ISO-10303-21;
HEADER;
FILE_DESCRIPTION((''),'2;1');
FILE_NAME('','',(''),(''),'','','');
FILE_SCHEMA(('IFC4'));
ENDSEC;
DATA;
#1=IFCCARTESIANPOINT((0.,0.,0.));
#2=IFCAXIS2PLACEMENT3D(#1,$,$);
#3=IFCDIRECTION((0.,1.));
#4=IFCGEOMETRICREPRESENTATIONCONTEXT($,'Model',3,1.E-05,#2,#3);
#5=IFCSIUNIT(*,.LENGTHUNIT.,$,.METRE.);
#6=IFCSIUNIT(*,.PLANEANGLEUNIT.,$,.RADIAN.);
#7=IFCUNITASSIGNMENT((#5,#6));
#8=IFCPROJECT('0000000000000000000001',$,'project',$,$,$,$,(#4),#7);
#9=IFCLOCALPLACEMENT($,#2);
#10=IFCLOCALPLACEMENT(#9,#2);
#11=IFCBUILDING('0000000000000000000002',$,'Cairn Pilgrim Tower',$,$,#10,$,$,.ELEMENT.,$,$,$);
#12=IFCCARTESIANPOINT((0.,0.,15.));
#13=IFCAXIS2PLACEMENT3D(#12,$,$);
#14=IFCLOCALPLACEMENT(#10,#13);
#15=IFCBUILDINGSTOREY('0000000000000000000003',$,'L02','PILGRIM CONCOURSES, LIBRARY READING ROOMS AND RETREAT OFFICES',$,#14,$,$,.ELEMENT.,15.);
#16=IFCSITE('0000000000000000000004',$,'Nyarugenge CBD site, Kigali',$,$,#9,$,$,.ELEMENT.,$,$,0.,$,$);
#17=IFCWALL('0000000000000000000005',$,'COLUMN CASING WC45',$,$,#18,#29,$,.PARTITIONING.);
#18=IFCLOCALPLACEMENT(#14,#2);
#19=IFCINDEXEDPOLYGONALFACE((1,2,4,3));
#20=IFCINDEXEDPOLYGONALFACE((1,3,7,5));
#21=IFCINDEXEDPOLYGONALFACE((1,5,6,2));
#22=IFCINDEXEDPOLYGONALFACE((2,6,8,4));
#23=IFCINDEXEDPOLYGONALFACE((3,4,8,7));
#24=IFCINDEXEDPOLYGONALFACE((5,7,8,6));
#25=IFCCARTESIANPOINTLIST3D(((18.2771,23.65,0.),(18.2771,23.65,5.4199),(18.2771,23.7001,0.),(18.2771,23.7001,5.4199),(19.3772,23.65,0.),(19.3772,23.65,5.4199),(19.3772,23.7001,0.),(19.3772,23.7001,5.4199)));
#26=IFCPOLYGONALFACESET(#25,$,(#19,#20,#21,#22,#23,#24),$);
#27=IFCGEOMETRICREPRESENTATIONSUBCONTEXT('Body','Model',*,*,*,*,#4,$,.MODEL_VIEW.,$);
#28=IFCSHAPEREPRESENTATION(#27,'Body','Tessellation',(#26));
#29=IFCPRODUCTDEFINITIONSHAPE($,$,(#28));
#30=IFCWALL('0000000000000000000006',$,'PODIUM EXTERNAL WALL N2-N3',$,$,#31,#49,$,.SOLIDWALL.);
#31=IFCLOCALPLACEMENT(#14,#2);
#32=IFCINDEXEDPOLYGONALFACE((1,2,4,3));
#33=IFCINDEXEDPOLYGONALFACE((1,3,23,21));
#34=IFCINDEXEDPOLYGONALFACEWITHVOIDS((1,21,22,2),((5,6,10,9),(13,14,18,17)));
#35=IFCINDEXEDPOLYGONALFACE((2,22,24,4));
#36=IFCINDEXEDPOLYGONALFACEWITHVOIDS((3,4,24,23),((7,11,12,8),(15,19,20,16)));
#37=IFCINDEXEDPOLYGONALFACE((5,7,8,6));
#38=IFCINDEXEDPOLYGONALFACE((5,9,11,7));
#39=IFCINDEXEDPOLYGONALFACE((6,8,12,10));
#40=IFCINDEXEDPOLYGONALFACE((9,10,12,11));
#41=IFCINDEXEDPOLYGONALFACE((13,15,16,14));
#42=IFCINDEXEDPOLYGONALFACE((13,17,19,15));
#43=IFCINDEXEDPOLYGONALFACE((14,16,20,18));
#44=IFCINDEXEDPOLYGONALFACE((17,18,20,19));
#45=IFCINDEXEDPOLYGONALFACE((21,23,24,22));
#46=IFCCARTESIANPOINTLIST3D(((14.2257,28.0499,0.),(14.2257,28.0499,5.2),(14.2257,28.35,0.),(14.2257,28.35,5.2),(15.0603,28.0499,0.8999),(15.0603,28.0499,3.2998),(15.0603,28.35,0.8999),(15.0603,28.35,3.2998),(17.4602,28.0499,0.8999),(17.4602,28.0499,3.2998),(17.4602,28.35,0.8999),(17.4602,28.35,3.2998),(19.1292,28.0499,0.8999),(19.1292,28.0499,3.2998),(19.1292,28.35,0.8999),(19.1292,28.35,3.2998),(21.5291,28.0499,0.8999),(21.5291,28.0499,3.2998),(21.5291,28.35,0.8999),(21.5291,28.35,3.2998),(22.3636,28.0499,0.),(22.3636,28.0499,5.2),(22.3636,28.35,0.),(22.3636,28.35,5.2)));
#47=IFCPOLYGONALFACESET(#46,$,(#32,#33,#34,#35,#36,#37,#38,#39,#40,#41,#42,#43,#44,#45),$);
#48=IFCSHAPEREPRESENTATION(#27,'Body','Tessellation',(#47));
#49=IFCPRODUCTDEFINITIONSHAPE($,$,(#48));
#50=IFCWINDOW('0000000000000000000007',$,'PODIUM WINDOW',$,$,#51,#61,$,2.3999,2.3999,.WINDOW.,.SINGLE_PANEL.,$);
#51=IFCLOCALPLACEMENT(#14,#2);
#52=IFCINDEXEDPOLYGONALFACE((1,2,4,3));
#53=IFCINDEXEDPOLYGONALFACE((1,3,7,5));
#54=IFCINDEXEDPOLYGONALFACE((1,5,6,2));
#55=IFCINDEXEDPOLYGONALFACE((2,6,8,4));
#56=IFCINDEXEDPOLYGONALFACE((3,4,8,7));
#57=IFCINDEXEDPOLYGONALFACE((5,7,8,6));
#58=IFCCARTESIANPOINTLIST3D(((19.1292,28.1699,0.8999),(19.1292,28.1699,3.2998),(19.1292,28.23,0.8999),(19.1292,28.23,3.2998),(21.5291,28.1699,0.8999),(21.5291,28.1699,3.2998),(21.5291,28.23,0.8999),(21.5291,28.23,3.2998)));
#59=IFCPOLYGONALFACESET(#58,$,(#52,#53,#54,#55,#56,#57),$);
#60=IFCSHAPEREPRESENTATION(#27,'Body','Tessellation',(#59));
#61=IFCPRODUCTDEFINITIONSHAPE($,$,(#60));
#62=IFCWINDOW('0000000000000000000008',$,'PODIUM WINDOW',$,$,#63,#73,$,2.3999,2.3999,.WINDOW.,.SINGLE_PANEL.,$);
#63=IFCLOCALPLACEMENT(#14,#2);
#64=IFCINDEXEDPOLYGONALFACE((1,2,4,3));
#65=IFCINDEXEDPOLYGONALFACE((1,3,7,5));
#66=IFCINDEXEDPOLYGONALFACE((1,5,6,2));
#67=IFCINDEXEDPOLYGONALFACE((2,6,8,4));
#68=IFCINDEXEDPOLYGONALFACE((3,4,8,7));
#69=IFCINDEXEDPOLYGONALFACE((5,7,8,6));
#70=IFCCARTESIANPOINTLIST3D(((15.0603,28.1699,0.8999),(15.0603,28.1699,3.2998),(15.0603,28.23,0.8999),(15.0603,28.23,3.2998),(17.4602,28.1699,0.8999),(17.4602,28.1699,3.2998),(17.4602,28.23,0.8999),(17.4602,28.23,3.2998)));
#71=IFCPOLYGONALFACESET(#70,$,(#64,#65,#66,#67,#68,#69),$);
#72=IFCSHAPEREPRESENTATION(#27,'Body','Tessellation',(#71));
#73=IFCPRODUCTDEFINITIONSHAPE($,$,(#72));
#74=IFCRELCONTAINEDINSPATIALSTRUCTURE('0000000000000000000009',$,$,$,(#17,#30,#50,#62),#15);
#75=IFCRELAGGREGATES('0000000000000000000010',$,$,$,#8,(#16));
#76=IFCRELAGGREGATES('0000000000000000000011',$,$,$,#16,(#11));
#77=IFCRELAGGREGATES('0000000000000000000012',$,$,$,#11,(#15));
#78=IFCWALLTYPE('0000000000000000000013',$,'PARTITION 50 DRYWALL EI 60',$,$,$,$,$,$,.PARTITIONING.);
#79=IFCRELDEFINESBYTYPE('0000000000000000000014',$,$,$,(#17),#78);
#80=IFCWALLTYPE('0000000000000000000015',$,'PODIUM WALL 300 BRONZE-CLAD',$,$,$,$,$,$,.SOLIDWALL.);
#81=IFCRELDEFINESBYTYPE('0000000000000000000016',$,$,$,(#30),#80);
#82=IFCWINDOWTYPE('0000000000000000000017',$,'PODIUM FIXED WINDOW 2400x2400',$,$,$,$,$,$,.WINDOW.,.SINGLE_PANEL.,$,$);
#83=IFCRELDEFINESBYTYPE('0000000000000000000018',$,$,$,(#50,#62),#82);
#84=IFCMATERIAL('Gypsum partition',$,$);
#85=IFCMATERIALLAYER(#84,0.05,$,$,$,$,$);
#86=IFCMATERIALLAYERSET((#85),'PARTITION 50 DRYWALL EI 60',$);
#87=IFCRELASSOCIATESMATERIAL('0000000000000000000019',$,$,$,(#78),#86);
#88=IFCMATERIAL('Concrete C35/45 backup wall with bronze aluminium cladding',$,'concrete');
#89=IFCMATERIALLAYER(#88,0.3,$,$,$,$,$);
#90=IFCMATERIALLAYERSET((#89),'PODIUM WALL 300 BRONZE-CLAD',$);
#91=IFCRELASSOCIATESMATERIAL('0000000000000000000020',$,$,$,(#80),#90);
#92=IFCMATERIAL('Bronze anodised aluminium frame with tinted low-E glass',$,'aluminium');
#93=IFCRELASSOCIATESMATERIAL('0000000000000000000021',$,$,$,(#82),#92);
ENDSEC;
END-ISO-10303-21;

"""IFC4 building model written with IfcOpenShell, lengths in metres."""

from ifc_helpers import new_model, si_unit, direction, frame, frame_2d, origin, place, context, subcontext, project, spatial, rectangle, extrude, material, layer, layer_set, type_object, element, fill, save


model = new_model("IFC4")

# Units and contexts
model_context = context("Model", 3, precision=1e-05, world=origin(), true_north=direction((0.0, 1.0)))
body_context = subcontext(model_context, "Body", "Model", "MODEL_VIEW")
ifc_project = project(units=[si_unit("LENGTHUNIT", "METRE"), si_unit("PLANEANGLEUNIT", "RADIAN")], contexts=[model_context])

# Site, building, storey
site_placement = place(None, origin())
site = spatial("IfcSite", under=ifc_project, at=site_placement, Name="Nyarugenge CBD site, Kigali", CompositionType="ELEMENT", RefElevation=0.0)
building_placement = place(site_placement, origin())
building = spatial("IfcBuilding", under=site, at=building_placement, Name="Cairn Pilgrim Tower", CompositionType="ELEMENT")
storey_placement = place(building_placement, frame((0.0, 0.0, 15.0)))
storey = spatial("IfcBuildingStorey", under=building, at=storey_placement, Name="L02", Description="PILGRIM CONCOURSES, LIBRARY READING ROOMS AND RETREAT OFFICES", CompositionType="ELEMENT", Elevation=15.0)

# Wall
ifc_material_1 = material(Name="Gypsum partition")
ifc_layer_1 = layer(ifc_material_1, 0.05)
ifc_layer_set_1 = layer_set([ifc_layer_1], Name="PARTITION 50 DRYWALL EI 60")
wall_type_1 = type_object("IfcWallType", Name="PARTITION 50 DRYWALL EI 60", PredefinedType="PARTITIONING", material=ifc_layer_set_1)
wall_1_placement = place(storey_placement, frame((18.2771, 23.675, 0.0), z_axis=(0.0, 0.0, 1.0), x_axis=(1.0, 0.0, 0.0)))
element("IfcWall", 1, at=wall_1_placement, inside=storey, type_object=wall_type_1, Name="COLUMN CASING WC45", PredefinedType="PARTITIONING", context=body_context, shape_type="SweptSolid", body=[
    extrude(rectangle(XDim=1.1001, YDim=0.05, at=frame_2d((0.55, 0.0))), origin(), (0.0, 0.0, 1.0), 5.4199),
])

# Wall, openings, windows
ifc_material_2 = material(Name="Concrete C35/45 backup wall with bronze aluminium cladding", Category="concrete")
ifc_layer_2 = layer(ifc_material_2, 0.3)
ifc_layer_set_2 = layer_set([ifc_layer_2], Name="PODIUM WALL 300 BRONZE-CLAD")
wall_type_2 = type_object("IfcWallType", Name="PODIUM WALL 300 BRONZE-CLAD", PredefinedType="SOLIDWALL", material=ifc_layer_set_2)
wall_2_placement = place(storey_placement, frame((22.3635, 28.2, 0.0), z_axis=(0.0, 0.0, 1.0), x_axis=(-1.0, 0.0, 0.0)))
wall_2 = element("IfcWall", 2, at=wall_2_placement, inside=storey, type_object=wall_type_2, Name="PODIUM EXTERNAL WALL N2-N3", PredefinedType="SOLIDWALL", context=body_context, shape_type="SweptSolid", body=[
    extrude(rectangle(XDim=8.1379, YDim=0.3, at=frame_2d((4.0688, 0.0))), origin(), (0.0, 0.0, 1.0), 5.2),
])
opening_1_placement = place(wall_2_placement, frame((0.8345, 0.0, 0.8999)))
opening_1 = element("IfcOpeningElement", 3, at=opening_1_placement, cuts=wall_2, PredefinedType="OPENING", context=body_context, shape_type="SweptSolid", body=[
    extrude(rectangle(XDim=2.3999, YDim=2.3999, at=frame_2d((1.2, 1.2))), frame((0.0, 0.1602, 0.0), z_axis=(0.0, -1.0, 0.0), x_axis=(1.0, 0.0, 0.0)), (0.0, 0.0, 1.0), 0.3201),
])
opening_2_placement = place(wall_2_placement, frame((4.9033, 0.0, 0.8999)))
opening_2 = element("IfcOpeningElement", 4, at=opening_2_placement, cuts=wall_2, PredefinedType="OPENING", context=body_context, shape_type="SweptSolid", body=[
    extrude(rectangle(XDim=2.3999, YDim=2.3999, at=frame_2d((1.2, 1.2))), frame((0.0, 0.1602, 0.0), z_axis=(0.0, -1.0, 0.0), x_axis=(1.0, 0.0, 0.0)), (0.0, 0.0, 1.0), 0.3201),
])
ifc_material_3 = material(Name="Bronze anodised aluminium frame with tinted low-E glass", Category="aluminium")
window_type = type_object("IfcWindowType", Name="PODIUM FIXED WINDOW 2400x2400", PartitioningType="SINGLE_PANEL", PredefinedType="WINDOW", material=ifc_material_3)
window_1_placement = place(opening_1_placement, origin())
window_1 = element("IfcWindow", 5, at=window_1_placement, inside=storey, type_object=window_type, Name="PODIUM WINDOW", OverallHeight=2.3999, OverallWidth=2.3999, PartitioningType="SINGLE_PANEL", PredefinedType="WINDOW", context=body_context, shape_type="SweptSolid", body=[
    extrude(rectangle(XDim=2.3999, YDim=2.3999, at=frame_2d((1.2, 1.2))), frame((0.0, 0.03, 0.0), z_axis=(0.0, -1.0, 0.0), x_axis=(1.0, 0.0, 0.0)), (0.0, 0.0, 1.0), 0.0601),
])
fill(opening_1, window_1)
window_2_placement = place(opening_2_placement, origin())
window_2 = element("IfcWindow", 6, at=window_2_placement, inside=storey, type_object=window_type, Name="PODIUM WINDOW", OverallHeight=2.3999, OverallWidth=2.3999, PartitioningType="SINGLE_PANEL", PredefinedType="WINDOW", context=body_context, shape_type="SweptSolid", body=[
    extrude(rectangle(XDim=2.3999, YDim=2.3999, at=frame_2d((1.2, 1.2))), frame((0.0, 0.03, 0.0), z_axis=(0.0, -1.0, 0.0), x_axis=(1.0, 0.0, 0.0)), (0.0, 0.0, 1.0), 0.0601),
])
fill(opening_2, window_2)

save(model, "model.ifc")
